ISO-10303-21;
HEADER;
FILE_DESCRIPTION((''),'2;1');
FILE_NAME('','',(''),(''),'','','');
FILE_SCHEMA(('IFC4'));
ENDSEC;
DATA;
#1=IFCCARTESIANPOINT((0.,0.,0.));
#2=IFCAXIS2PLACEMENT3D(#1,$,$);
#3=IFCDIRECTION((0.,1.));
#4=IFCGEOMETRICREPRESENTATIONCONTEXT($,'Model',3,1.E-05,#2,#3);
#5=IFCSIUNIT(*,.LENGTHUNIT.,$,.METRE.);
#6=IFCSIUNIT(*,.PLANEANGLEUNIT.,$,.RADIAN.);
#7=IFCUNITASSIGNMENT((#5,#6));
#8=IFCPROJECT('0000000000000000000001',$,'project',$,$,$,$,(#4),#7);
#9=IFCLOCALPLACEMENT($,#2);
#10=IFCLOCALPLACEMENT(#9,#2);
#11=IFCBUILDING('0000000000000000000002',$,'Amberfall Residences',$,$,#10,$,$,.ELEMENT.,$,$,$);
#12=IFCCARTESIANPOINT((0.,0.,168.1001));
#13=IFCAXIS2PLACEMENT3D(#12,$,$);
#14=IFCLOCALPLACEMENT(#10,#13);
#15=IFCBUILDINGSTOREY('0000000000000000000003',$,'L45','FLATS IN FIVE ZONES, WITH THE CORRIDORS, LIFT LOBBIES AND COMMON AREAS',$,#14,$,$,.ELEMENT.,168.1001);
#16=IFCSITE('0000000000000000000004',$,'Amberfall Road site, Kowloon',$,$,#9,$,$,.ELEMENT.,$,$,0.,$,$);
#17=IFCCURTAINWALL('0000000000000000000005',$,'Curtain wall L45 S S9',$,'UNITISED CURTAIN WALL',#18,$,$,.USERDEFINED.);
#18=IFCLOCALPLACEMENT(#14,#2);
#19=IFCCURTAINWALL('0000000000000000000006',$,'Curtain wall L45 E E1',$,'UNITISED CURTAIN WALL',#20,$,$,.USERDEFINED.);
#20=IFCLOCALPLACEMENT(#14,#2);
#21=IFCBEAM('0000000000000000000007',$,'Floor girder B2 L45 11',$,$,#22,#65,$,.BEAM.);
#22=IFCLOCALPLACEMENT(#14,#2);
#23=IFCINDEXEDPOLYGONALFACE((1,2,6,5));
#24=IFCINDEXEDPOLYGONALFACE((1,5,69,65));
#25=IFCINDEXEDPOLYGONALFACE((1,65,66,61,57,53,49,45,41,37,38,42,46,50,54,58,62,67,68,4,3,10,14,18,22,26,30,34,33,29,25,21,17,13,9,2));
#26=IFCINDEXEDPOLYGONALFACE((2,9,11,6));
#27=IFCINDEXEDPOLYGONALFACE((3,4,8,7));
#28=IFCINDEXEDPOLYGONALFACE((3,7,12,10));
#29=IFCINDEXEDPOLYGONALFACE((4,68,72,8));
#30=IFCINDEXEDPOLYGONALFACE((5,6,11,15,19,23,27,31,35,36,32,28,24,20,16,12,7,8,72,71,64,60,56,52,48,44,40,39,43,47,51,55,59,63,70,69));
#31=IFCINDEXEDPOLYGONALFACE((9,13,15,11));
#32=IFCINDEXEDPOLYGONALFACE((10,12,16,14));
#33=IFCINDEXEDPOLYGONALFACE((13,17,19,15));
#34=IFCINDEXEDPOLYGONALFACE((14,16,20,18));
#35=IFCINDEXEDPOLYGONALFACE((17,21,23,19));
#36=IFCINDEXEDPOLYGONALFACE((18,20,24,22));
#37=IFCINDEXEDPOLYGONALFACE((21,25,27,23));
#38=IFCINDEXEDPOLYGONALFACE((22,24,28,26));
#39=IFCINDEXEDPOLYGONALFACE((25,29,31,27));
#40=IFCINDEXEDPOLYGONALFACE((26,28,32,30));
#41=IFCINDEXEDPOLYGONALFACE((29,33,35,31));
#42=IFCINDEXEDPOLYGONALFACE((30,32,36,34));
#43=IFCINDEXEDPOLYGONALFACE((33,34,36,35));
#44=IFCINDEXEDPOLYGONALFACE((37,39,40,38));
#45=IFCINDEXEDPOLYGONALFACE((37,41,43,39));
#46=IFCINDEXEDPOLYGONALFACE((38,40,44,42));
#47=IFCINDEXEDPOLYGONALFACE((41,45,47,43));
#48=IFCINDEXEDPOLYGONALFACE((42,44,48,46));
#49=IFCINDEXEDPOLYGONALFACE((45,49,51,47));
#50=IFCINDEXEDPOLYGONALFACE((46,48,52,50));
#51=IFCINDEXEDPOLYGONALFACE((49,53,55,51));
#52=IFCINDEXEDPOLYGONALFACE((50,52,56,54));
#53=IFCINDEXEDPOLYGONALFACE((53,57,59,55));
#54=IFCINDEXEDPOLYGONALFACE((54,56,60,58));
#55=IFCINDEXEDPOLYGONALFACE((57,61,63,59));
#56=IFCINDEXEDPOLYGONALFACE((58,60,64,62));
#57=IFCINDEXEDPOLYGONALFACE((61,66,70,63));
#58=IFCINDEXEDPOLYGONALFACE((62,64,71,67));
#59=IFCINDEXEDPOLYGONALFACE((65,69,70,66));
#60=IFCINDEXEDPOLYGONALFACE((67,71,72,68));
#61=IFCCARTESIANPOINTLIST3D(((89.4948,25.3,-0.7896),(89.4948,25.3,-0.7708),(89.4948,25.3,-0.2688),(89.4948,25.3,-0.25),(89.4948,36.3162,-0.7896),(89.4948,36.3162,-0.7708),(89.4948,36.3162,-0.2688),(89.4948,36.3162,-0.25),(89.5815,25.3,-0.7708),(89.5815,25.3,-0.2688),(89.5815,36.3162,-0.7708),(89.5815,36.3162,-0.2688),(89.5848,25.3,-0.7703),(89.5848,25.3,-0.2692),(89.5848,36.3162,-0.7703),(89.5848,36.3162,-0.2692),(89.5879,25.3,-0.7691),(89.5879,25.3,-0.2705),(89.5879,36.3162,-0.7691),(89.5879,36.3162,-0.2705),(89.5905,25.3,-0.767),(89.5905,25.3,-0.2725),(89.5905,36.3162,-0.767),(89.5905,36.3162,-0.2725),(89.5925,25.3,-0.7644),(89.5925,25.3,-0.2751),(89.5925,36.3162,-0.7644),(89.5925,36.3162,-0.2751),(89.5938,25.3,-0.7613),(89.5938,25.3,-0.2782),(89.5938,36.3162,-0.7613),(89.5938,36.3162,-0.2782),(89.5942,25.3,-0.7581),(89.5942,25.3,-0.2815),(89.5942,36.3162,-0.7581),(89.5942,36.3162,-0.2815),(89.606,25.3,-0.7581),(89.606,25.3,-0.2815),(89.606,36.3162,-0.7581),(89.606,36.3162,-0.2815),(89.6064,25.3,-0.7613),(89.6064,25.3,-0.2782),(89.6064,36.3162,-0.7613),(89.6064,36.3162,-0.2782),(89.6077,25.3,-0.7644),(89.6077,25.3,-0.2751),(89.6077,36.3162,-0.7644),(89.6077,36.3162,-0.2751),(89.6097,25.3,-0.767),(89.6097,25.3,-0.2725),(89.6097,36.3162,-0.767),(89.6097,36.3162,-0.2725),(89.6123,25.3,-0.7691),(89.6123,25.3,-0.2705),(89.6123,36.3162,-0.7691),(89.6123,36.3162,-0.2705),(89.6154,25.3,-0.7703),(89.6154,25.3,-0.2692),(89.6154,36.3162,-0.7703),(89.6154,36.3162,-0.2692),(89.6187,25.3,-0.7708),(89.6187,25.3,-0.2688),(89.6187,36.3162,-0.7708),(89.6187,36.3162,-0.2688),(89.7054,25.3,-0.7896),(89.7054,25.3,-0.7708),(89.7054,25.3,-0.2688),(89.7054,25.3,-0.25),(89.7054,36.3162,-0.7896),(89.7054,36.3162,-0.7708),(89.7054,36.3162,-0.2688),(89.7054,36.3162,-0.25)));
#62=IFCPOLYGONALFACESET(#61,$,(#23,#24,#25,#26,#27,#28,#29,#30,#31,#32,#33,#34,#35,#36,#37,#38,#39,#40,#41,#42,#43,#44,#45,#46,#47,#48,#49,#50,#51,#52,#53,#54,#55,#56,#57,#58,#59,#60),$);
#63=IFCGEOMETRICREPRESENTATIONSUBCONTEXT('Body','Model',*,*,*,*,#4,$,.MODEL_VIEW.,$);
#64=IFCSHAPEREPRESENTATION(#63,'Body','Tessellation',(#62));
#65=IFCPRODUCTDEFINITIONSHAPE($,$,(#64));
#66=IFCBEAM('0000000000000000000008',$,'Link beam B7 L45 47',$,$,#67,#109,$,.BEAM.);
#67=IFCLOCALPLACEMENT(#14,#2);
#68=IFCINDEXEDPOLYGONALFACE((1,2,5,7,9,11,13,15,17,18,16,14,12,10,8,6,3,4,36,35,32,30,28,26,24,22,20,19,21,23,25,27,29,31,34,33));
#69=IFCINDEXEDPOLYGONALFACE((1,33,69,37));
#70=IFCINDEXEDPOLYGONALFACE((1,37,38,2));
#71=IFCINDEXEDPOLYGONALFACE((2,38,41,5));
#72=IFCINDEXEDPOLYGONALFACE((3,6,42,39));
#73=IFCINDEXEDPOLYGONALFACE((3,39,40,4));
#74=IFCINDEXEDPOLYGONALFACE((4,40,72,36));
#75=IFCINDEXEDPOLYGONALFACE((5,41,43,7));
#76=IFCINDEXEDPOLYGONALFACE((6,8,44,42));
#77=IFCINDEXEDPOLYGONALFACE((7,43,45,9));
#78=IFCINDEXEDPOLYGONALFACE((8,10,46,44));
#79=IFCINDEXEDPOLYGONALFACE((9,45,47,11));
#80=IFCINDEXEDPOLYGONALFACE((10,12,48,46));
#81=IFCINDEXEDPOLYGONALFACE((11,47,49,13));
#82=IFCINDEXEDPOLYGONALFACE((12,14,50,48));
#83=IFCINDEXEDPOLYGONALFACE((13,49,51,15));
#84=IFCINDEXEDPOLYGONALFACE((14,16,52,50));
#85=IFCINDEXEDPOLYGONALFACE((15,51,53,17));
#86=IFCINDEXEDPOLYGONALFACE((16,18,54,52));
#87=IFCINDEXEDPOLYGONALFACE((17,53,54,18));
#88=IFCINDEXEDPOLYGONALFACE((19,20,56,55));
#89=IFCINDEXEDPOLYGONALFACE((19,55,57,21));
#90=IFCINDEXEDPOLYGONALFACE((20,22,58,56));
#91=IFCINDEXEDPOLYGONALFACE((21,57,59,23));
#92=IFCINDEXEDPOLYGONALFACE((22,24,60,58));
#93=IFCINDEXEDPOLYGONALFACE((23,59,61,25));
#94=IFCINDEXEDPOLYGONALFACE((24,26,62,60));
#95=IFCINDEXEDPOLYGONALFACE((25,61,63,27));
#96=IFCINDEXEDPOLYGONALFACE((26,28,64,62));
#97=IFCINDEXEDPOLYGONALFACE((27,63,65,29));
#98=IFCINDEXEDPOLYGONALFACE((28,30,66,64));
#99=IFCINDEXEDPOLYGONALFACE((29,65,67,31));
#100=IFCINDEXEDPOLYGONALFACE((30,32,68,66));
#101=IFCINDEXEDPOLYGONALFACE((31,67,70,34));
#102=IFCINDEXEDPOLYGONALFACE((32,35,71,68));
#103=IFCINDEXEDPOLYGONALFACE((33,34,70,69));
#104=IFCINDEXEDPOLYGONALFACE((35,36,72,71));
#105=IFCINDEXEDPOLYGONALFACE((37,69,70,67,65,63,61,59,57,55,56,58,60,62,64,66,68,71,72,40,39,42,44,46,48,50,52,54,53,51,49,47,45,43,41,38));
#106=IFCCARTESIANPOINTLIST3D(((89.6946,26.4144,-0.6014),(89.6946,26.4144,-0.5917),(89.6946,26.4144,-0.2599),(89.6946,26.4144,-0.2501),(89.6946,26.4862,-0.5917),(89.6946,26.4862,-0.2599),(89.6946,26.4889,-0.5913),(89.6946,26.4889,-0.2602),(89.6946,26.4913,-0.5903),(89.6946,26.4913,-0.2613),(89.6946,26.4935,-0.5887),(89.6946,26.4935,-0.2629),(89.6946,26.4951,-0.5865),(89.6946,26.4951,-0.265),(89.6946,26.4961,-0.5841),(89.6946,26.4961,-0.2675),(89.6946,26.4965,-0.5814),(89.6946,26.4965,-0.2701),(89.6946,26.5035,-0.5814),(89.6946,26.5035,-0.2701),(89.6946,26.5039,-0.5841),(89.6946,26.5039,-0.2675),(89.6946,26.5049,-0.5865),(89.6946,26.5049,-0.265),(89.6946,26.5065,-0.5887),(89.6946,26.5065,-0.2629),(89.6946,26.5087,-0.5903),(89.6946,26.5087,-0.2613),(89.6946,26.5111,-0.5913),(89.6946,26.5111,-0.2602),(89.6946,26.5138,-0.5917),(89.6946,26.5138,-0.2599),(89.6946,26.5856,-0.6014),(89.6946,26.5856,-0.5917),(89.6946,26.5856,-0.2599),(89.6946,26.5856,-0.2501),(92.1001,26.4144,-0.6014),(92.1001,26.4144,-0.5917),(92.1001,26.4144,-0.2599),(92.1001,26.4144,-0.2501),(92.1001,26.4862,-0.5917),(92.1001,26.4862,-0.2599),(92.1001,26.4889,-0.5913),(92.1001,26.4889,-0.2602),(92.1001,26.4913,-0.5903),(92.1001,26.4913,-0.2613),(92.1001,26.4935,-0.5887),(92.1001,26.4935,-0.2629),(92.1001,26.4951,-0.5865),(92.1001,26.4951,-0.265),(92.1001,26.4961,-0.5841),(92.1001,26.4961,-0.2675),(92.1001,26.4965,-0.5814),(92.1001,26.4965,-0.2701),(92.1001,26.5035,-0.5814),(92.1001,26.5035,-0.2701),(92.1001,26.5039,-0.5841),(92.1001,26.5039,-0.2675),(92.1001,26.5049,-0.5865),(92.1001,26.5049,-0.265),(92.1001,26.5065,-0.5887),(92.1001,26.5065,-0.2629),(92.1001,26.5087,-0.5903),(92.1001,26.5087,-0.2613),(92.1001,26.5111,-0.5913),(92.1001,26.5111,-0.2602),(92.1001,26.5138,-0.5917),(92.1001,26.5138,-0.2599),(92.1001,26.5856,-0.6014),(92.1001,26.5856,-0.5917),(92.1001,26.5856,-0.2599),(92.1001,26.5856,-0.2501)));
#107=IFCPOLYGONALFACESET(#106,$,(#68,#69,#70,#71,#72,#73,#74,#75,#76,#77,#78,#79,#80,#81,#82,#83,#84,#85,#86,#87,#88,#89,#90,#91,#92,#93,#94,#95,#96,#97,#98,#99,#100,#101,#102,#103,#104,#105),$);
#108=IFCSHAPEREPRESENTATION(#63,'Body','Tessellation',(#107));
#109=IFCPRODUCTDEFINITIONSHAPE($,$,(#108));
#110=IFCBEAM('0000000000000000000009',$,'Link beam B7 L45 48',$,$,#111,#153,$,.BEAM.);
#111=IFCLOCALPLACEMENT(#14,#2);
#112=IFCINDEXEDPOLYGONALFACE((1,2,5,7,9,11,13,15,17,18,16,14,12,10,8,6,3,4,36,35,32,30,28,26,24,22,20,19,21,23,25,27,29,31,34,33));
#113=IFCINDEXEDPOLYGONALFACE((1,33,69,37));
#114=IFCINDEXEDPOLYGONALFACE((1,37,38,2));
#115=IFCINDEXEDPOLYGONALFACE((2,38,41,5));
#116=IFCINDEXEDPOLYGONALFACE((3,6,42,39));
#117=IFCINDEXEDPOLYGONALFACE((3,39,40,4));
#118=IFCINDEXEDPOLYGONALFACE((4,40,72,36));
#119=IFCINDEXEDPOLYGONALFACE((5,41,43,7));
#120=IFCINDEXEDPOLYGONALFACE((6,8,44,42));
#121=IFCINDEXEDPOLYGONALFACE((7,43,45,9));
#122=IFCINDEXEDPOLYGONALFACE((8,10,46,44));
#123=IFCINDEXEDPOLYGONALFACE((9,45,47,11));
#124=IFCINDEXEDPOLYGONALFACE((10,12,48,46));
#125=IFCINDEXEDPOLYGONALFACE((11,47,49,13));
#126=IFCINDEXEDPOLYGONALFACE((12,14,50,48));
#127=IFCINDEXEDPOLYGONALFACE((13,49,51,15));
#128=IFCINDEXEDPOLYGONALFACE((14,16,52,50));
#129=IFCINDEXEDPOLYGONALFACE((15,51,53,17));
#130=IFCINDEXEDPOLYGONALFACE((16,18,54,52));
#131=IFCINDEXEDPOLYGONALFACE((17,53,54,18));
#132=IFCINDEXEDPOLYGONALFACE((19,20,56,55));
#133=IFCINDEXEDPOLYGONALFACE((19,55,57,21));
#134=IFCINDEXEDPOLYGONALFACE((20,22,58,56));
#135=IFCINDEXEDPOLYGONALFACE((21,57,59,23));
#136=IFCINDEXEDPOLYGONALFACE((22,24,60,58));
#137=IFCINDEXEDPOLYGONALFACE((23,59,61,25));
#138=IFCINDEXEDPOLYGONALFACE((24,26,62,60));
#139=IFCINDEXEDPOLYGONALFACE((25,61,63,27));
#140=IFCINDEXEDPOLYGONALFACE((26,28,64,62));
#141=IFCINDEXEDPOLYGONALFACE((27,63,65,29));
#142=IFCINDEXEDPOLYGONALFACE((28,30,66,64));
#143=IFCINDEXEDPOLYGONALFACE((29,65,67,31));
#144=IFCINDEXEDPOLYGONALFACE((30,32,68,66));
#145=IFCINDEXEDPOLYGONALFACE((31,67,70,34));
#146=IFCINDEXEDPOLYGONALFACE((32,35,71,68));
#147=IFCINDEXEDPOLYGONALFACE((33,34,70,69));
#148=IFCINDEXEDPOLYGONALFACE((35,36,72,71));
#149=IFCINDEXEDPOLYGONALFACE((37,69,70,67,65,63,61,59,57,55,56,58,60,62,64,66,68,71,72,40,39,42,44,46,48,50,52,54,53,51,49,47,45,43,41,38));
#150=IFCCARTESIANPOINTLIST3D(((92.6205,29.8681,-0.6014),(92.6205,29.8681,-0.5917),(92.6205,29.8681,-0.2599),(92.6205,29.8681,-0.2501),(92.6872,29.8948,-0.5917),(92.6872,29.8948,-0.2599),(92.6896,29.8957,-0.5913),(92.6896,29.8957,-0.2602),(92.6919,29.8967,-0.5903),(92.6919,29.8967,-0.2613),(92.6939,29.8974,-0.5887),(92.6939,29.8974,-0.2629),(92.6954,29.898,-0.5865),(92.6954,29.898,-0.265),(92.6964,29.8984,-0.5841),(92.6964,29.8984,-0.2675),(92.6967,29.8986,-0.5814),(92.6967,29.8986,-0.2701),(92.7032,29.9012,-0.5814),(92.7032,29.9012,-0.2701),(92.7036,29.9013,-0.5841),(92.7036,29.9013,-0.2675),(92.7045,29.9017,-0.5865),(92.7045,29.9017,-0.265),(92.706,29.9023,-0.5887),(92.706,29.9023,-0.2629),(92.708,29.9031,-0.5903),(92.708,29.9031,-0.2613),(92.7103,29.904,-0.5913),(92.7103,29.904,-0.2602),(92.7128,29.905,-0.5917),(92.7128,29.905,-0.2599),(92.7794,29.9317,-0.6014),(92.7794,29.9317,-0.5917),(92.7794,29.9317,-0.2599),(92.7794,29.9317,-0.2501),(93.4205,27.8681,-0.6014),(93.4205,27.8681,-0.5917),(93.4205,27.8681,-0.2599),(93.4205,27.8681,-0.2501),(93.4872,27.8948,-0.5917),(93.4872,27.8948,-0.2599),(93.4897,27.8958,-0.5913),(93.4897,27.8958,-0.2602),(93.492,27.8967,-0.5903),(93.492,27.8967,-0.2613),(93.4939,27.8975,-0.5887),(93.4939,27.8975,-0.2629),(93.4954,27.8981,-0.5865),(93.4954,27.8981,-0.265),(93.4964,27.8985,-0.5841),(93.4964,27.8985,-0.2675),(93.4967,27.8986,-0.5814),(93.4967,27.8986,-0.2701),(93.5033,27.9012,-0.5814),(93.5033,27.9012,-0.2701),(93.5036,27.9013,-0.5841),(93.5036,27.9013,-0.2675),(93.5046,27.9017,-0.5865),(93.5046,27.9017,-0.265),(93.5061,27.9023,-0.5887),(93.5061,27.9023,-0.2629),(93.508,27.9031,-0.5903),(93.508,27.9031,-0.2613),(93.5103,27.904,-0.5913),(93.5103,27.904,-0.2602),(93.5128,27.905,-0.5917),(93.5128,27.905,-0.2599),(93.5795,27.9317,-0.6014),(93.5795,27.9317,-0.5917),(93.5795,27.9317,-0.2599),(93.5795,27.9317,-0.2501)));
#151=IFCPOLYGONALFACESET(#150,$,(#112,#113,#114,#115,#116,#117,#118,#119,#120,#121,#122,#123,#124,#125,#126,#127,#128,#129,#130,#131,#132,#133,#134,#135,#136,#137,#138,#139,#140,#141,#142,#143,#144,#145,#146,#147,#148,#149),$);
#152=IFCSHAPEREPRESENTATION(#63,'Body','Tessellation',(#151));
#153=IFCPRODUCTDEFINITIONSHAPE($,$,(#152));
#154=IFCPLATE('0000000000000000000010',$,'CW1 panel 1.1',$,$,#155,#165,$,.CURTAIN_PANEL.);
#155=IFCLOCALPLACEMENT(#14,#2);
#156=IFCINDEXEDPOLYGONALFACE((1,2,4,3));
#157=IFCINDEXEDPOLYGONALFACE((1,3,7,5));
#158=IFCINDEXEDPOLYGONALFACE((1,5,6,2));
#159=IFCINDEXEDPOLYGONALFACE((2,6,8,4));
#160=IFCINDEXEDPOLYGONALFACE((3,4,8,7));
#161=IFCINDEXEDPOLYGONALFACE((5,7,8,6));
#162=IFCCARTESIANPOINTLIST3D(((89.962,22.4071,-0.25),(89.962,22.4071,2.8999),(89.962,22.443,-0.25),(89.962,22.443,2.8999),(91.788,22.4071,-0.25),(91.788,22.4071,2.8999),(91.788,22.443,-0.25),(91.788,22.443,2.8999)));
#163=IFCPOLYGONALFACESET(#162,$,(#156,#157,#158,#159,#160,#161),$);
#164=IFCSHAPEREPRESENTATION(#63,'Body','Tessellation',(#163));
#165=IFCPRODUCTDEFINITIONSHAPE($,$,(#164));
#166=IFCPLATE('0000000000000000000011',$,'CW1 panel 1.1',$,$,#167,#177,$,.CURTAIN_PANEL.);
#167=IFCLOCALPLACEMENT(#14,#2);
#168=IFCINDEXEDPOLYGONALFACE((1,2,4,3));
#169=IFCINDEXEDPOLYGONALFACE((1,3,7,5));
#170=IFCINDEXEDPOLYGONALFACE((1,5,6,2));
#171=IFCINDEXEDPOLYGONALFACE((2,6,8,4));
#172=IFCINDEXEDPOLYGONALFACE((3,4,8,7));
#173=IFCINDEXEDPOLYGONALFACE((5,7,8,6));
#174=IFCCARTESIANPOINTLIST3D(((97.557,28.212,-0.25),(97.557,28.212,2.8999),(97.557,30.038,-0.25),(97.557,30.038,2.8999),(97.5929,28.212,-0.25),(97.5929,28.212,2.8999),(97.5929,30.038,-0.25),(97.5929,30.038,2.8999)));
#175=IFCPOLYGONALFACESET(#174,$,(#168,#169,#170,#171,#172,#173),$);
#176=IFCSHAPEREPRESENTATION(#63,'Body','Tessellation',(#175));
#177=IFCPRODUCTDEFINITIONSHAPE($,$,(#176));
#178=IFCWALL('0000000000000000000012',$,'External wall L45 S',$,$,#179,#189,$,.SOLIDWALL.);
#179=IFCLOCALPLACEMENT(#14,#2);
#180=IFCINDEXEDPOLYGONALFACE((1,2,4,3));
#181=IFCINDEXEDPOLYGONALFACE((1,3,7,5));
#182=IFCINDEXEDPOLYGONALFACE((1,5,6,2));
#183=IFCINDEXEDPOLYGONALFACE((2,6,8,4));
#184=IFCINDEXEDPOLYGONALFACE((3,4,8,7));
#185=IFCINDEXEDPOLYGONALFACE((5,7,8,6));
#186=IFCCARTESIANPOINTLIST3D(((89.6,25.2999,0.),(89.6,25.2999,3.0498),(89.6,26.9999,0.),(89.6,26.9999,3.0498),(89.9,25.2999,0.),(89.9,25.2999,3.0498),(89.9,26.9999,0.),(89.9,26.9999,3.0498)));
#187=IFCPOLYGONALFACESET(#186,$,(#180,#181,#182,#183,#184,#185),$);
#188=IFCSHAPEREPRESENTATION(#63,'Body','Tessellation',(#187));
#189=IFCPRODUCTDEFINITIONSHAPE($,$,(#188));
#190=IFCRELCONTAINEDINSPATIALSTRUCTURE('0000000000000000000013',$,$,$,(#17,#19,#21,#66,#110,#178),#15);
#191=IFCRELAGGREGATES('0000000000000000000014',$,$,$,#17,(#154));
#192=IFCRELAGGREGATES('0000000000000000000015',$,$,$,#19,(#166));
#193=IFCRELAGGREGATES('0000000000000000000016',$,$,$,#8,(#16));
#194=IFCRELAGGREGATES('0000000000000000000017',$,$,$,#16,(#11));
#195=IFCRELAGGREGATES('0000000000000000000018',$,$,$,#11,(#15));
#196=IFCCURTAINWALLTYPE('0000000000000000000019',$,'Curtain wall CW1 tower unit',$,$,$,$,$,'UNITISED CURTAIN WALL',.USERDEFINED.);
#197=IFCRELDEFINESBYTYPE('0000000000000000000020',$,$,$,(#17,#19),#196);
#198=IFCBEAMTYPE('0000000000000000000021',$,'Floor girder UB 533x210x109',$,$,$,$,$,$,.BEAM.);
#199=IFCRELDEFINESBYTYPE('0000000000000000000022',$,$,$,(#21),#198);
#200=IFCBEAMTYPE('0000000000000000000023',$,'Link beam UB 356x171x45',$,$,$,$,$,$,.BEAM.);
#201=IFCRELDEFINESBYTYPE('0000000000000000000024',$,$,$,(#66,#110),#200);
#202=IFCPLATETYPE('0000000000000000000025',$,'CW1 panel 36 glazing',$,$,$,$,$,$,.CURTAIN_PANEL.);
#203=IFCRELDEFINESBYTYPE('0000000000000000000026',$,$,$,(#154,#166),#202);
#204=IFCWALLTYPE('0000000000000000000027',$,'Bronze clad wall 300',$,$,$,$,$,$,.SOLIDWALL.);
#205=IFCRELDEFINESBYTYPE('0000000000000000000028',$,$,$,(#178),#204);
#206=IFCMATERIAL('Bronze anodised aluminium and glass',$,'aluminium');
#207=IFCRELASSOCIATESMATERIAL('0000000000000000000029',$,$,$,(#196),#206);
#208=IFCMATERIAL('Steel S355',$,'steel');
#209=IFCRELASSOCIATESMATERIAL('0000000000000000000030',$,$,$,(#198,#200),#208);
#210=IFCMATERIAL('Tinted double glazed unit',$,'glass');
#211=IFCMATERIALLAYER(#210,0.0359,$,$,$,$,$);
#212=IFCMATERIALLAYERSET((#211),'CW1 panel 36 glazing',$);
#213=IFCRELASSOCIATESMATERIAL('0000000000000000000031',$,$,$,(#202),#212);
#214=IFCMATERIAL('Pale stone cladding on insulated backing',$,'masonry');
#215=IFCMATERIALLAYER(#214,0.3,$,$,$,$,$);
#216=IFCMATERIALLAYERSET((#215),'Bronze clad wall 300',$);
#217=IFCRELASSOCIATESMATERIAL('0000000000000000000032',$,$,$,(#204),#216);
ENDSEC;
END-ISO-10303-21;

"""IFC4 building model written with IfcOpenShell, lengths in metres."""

from ifc_helpers import new_model, si_unit, direction, frame, frame_2d, origin, origin_2d, place, context, subcontext, project, spatial, rectangle, i_section, extrude, material, layer, layer_set, material_profile, profile_set, type_object, element, aggregate, save


model = new_model("IFC4")

# Units and contexts
model_context = context("Model", 3, precision=1e-05, world=origin(), true_north=direction((0.0, 1.0)))
body_context = subcontext(model_context, "Body", "Model", "MODEL_VIEW")
ifc_project = project(units=[si_unit("LENGTHUNIT", "METRE"), si_unit("PLANEANGLEUNIT", "RADIAN")], contexts=[model_context])

# Site, building, storey
site_placement = place(None, origin())
site = spatial("IfcSite", under=ifc_project, at=site_placement, Name="Amberfall Road site, Kowloon", CompositionType="ELEMENT", RefElevation=0.0)
building_placement = place(site_placement, origin())
building = spatial("IfcBuilding", under=site, at=building_placement, Name="Amberfall Residences", CompositionType="ELEMENT")
storey_placement = place(building_placement, frame((0.0, 0.0, 168.1001)))
storey = spatial("IfcBuildingStorey", under=building, at=storey_placement, Name="L45", Description="FLATS IN FIVE ZONES, WITH THE CORRIDORS, LIFT LOBBIES AND COMMON AREAS", CompositionType="ELEMENT", Elevation=168.1001)

# Curtain walls
ifc_material_1 = material(Name="Bronze anodised aluminium and glass", Category="aluminium")
curtain_wall_type = type_object("IfcCurtainWallType", Name="Curtain wall CW1 tower unit", ElementType="UNITISED CURTAIN WALL", PredefinedType="USERDEFINED", material=ifc_material_1)
curtain_wall_1_placement = place(storey_placement, origin())
curtain_wall_1 = element("IfcCurtainWall", 1, at=curtain_wall_1_placement, inside=storey, type_object=curtain_wall_type, Name="Curtain wall L45 S S9", ObjectType="UNITISED CURTAIN WALL", PredefinedType="USERDEFINED")
curtain_wall_2_placement = place(storey_placement, origin())
curtain_wall_2 = element("IfcCurtainWall", 2, at=curtain_wall_2_placement, inside=storey, type_object=curtain_wall_type, Name="Curtain wall L45 E E1", ObjectType="UNITISED CURTAIN WALL", PredefinedType="USERDEFINED")

# Beams
ifc_material_2 = material(Name="Steel S355", Category="steel")
ifc_material_profile_1 = material_profile(ifc_material_2, i_section(OverallWidth=0.2107, OverallDepth=0.5396, WebThickness=0.0117, FlangeThickness=0.0188, FilletRadius=0.0127, at=origin_2d()), Name="UB 533x210x109")
ifc_profile_set_1 = profile_set([ifc_material_profile_1], Name="Steel S355")
beam_type_1 = type_object("IfcBeamType", Name="Floor girder UB 533x210x109", PredefinedType="BEAM", material=ifc_profile_set_1)
beam_1_placement = place(storey_placement, frame((89.6001, 25.3, -0.5198), z_axis=(0.0, 1.0, 0.0), x_axis=(-1.0, 0.0, 0.0)))
element("IfcBeam", 3, at=beam_1_placement, inside=storey, type_object=beam_type_1, Name="Floor girder B2 L45 11", PredefinedType="BEAM", context=body_context, shape_type="SweptSolid", body=[
    extrude(i_section(OverallWidth=0.2107, OverallDepth=0.5396, WebThickness=0.0117, FlangeThickness=0.0188, FilletRadius=0.0127, at=origin_2d()), origin(), (0.0, 0.0, 1.0), 11.0161),
])
ifc_material_profile_2 = material_profile(ifc_material_2, i_section(OverallWidth=0.1711, OverallDepth=0.3513, WebThickness=0.0071, FlangeThickness=0.0098, FilletRadius=0.0103, at=origin_2d()), Name="UB 356x171x45")
ifc_profile_set_2 = profile_set([ifc_material_profile_2], Name="Steel S355")
beam_type_2 = type_object("IfcBeamType", Name="Link beam UB 356x171x45", PredefinedType="BEAM", material=ifc_profile_set_2)
beam_2_placement = place(storey_placement, frame((92.1001, 26.5, -0.4258), z_axis=(-1.0, 0.0, 0.0), x_axis=(0.0, -1.0, 0.0)))
element("IfcBeam", 4, at=beam_2_placement, inside=storey, type_object=beam_type_2, Name="Link beam B7 L45 47", PredefinedType="BEAM", context=body_context, shape_type="SweptSolid", body=[
    extrude(i_section(OverallWidth=0.1711, OverallDepth=0.3513, WebThickness=0.0071, FlangeThickness=0.0098, FilletRadius=0.0103, at=origin_2d()), origin(), (0.0, 0.0, 1.0), 2.4055),
])
beam_3_placement = place(storey_placement, frame((93.5, 27.8999, -0.4258), z_axis=(-0.37141, 0.928469, 0.0), x_axis=(-0.928469, -0.37141, 0.0)))
element("IfcBeam", 5, at=beam_3_placement, inside=storey, type_object=beam_type_2, Name="Link beam B7 L45 48", PredefinedType="BEAM", context=body_context, shape_type="SweptSolid", body=[
    extrude(i_section(OverallWidth=0.1711, OverallDepth=0.3513, WebThickness=0.0071, FlangeThickness=0.0098, FilletRadius=0.0103, at=origin_2d()), origin(), (0.0, 0.0, 1.0), 2.1541),
])

# Plates
ifc_material_3 = material(Name="Tinted double glazed unit", Category="glass")
ifc_layer_1 = layer(ifc_material_3, 0.0359)
ifc_layer_set_1 = layer_set([ifc_layer_1], Name="CW1 panel 36 glazing")
plate_type = type_object("IfcPlateType", Name="CW1 panel 36 glazing", PredefinedType="CURTAIN_PANEL", material=ifc_layer_set_1)
plate_1_placement = place(storey_placement, frame((90.875, 22.425, -0.25), z_axis=(0.0, 0.0, 1.0), x_axis=(1.0, 0.0, 0.0)))
plate_1 = element("IfcPlate", 6, at=plate_1_placement, type_object=plate_type, Name="CW1 panel 1.1", PredefinedType="CURTAIN_PANEL", context=body_context, shape_type="SweptSolid", body=[
    extrude(rectangle(XDim=1.8259, YDim=0.0359, at=origin_2d()), origin(), (0.0, 0.0, 1.0), 3.1499),
])
aggregate(curtain_wall_1, [plate_1])
plate_2_placement = place(storey_placement, frame((97.575, 29.125, -0.25), z_axis=(0.0, 0.0, 1.0), x_axis=(0.0, 1.0, 0.0)))
plate_2 = element("IfcPlate", 7, at=plate_2_placement, type_object=plate_type, Name="CW1 panel 1.1", PredefinedType="CURTAIN_PANEL", context=body_context, shape_type="SweptSolid", body=[
    extrude(rectangle(XDim=1.8259, YDim=0.0359, at=origin_2d()), origin(), (0.0, 0.0, 1.0), 3.1499),
])
aggregate(curtain_wall_2, [plate_2])

# Wall
ifc_material_4 = material(Name="Pale stone cladding on insulated backing", Category="masonry")
ifc_layer_2 = layer(ifc_material_4, 0.3)
ifc_layer_set_2 = layer_set([ifc_layer_2], Name="Bronze clad wall 300")
wall_type_1 = type_object("IfcWallType", Name="Bronze clad wall 300", PredefinedType="SOLIDWALL", material=ifc_layer_set_2)
wall_1_placement = place(storey_placement, frame((89.75, 27.0, 0.0), z_axis=(0.0, 0.0, 1.0), x_axis=(0.0, -1.0, 0.0)))
element("IfcWall", 8, at=wall_1_placement, inside=storey, type_object=wall_type_1, Name="External wall L45 S", PredefinedType="SOLIDWALL", context=body_context, shape_type="SweptSolid", body=[
    extrude(rectangle(XDim=1.7, YDim=0.3, at=frame_2d((0.8501, 0.0))), origin(), (0.0, 0.0, 1.0), 3.0498),
])

save(model, "model.ifc")
